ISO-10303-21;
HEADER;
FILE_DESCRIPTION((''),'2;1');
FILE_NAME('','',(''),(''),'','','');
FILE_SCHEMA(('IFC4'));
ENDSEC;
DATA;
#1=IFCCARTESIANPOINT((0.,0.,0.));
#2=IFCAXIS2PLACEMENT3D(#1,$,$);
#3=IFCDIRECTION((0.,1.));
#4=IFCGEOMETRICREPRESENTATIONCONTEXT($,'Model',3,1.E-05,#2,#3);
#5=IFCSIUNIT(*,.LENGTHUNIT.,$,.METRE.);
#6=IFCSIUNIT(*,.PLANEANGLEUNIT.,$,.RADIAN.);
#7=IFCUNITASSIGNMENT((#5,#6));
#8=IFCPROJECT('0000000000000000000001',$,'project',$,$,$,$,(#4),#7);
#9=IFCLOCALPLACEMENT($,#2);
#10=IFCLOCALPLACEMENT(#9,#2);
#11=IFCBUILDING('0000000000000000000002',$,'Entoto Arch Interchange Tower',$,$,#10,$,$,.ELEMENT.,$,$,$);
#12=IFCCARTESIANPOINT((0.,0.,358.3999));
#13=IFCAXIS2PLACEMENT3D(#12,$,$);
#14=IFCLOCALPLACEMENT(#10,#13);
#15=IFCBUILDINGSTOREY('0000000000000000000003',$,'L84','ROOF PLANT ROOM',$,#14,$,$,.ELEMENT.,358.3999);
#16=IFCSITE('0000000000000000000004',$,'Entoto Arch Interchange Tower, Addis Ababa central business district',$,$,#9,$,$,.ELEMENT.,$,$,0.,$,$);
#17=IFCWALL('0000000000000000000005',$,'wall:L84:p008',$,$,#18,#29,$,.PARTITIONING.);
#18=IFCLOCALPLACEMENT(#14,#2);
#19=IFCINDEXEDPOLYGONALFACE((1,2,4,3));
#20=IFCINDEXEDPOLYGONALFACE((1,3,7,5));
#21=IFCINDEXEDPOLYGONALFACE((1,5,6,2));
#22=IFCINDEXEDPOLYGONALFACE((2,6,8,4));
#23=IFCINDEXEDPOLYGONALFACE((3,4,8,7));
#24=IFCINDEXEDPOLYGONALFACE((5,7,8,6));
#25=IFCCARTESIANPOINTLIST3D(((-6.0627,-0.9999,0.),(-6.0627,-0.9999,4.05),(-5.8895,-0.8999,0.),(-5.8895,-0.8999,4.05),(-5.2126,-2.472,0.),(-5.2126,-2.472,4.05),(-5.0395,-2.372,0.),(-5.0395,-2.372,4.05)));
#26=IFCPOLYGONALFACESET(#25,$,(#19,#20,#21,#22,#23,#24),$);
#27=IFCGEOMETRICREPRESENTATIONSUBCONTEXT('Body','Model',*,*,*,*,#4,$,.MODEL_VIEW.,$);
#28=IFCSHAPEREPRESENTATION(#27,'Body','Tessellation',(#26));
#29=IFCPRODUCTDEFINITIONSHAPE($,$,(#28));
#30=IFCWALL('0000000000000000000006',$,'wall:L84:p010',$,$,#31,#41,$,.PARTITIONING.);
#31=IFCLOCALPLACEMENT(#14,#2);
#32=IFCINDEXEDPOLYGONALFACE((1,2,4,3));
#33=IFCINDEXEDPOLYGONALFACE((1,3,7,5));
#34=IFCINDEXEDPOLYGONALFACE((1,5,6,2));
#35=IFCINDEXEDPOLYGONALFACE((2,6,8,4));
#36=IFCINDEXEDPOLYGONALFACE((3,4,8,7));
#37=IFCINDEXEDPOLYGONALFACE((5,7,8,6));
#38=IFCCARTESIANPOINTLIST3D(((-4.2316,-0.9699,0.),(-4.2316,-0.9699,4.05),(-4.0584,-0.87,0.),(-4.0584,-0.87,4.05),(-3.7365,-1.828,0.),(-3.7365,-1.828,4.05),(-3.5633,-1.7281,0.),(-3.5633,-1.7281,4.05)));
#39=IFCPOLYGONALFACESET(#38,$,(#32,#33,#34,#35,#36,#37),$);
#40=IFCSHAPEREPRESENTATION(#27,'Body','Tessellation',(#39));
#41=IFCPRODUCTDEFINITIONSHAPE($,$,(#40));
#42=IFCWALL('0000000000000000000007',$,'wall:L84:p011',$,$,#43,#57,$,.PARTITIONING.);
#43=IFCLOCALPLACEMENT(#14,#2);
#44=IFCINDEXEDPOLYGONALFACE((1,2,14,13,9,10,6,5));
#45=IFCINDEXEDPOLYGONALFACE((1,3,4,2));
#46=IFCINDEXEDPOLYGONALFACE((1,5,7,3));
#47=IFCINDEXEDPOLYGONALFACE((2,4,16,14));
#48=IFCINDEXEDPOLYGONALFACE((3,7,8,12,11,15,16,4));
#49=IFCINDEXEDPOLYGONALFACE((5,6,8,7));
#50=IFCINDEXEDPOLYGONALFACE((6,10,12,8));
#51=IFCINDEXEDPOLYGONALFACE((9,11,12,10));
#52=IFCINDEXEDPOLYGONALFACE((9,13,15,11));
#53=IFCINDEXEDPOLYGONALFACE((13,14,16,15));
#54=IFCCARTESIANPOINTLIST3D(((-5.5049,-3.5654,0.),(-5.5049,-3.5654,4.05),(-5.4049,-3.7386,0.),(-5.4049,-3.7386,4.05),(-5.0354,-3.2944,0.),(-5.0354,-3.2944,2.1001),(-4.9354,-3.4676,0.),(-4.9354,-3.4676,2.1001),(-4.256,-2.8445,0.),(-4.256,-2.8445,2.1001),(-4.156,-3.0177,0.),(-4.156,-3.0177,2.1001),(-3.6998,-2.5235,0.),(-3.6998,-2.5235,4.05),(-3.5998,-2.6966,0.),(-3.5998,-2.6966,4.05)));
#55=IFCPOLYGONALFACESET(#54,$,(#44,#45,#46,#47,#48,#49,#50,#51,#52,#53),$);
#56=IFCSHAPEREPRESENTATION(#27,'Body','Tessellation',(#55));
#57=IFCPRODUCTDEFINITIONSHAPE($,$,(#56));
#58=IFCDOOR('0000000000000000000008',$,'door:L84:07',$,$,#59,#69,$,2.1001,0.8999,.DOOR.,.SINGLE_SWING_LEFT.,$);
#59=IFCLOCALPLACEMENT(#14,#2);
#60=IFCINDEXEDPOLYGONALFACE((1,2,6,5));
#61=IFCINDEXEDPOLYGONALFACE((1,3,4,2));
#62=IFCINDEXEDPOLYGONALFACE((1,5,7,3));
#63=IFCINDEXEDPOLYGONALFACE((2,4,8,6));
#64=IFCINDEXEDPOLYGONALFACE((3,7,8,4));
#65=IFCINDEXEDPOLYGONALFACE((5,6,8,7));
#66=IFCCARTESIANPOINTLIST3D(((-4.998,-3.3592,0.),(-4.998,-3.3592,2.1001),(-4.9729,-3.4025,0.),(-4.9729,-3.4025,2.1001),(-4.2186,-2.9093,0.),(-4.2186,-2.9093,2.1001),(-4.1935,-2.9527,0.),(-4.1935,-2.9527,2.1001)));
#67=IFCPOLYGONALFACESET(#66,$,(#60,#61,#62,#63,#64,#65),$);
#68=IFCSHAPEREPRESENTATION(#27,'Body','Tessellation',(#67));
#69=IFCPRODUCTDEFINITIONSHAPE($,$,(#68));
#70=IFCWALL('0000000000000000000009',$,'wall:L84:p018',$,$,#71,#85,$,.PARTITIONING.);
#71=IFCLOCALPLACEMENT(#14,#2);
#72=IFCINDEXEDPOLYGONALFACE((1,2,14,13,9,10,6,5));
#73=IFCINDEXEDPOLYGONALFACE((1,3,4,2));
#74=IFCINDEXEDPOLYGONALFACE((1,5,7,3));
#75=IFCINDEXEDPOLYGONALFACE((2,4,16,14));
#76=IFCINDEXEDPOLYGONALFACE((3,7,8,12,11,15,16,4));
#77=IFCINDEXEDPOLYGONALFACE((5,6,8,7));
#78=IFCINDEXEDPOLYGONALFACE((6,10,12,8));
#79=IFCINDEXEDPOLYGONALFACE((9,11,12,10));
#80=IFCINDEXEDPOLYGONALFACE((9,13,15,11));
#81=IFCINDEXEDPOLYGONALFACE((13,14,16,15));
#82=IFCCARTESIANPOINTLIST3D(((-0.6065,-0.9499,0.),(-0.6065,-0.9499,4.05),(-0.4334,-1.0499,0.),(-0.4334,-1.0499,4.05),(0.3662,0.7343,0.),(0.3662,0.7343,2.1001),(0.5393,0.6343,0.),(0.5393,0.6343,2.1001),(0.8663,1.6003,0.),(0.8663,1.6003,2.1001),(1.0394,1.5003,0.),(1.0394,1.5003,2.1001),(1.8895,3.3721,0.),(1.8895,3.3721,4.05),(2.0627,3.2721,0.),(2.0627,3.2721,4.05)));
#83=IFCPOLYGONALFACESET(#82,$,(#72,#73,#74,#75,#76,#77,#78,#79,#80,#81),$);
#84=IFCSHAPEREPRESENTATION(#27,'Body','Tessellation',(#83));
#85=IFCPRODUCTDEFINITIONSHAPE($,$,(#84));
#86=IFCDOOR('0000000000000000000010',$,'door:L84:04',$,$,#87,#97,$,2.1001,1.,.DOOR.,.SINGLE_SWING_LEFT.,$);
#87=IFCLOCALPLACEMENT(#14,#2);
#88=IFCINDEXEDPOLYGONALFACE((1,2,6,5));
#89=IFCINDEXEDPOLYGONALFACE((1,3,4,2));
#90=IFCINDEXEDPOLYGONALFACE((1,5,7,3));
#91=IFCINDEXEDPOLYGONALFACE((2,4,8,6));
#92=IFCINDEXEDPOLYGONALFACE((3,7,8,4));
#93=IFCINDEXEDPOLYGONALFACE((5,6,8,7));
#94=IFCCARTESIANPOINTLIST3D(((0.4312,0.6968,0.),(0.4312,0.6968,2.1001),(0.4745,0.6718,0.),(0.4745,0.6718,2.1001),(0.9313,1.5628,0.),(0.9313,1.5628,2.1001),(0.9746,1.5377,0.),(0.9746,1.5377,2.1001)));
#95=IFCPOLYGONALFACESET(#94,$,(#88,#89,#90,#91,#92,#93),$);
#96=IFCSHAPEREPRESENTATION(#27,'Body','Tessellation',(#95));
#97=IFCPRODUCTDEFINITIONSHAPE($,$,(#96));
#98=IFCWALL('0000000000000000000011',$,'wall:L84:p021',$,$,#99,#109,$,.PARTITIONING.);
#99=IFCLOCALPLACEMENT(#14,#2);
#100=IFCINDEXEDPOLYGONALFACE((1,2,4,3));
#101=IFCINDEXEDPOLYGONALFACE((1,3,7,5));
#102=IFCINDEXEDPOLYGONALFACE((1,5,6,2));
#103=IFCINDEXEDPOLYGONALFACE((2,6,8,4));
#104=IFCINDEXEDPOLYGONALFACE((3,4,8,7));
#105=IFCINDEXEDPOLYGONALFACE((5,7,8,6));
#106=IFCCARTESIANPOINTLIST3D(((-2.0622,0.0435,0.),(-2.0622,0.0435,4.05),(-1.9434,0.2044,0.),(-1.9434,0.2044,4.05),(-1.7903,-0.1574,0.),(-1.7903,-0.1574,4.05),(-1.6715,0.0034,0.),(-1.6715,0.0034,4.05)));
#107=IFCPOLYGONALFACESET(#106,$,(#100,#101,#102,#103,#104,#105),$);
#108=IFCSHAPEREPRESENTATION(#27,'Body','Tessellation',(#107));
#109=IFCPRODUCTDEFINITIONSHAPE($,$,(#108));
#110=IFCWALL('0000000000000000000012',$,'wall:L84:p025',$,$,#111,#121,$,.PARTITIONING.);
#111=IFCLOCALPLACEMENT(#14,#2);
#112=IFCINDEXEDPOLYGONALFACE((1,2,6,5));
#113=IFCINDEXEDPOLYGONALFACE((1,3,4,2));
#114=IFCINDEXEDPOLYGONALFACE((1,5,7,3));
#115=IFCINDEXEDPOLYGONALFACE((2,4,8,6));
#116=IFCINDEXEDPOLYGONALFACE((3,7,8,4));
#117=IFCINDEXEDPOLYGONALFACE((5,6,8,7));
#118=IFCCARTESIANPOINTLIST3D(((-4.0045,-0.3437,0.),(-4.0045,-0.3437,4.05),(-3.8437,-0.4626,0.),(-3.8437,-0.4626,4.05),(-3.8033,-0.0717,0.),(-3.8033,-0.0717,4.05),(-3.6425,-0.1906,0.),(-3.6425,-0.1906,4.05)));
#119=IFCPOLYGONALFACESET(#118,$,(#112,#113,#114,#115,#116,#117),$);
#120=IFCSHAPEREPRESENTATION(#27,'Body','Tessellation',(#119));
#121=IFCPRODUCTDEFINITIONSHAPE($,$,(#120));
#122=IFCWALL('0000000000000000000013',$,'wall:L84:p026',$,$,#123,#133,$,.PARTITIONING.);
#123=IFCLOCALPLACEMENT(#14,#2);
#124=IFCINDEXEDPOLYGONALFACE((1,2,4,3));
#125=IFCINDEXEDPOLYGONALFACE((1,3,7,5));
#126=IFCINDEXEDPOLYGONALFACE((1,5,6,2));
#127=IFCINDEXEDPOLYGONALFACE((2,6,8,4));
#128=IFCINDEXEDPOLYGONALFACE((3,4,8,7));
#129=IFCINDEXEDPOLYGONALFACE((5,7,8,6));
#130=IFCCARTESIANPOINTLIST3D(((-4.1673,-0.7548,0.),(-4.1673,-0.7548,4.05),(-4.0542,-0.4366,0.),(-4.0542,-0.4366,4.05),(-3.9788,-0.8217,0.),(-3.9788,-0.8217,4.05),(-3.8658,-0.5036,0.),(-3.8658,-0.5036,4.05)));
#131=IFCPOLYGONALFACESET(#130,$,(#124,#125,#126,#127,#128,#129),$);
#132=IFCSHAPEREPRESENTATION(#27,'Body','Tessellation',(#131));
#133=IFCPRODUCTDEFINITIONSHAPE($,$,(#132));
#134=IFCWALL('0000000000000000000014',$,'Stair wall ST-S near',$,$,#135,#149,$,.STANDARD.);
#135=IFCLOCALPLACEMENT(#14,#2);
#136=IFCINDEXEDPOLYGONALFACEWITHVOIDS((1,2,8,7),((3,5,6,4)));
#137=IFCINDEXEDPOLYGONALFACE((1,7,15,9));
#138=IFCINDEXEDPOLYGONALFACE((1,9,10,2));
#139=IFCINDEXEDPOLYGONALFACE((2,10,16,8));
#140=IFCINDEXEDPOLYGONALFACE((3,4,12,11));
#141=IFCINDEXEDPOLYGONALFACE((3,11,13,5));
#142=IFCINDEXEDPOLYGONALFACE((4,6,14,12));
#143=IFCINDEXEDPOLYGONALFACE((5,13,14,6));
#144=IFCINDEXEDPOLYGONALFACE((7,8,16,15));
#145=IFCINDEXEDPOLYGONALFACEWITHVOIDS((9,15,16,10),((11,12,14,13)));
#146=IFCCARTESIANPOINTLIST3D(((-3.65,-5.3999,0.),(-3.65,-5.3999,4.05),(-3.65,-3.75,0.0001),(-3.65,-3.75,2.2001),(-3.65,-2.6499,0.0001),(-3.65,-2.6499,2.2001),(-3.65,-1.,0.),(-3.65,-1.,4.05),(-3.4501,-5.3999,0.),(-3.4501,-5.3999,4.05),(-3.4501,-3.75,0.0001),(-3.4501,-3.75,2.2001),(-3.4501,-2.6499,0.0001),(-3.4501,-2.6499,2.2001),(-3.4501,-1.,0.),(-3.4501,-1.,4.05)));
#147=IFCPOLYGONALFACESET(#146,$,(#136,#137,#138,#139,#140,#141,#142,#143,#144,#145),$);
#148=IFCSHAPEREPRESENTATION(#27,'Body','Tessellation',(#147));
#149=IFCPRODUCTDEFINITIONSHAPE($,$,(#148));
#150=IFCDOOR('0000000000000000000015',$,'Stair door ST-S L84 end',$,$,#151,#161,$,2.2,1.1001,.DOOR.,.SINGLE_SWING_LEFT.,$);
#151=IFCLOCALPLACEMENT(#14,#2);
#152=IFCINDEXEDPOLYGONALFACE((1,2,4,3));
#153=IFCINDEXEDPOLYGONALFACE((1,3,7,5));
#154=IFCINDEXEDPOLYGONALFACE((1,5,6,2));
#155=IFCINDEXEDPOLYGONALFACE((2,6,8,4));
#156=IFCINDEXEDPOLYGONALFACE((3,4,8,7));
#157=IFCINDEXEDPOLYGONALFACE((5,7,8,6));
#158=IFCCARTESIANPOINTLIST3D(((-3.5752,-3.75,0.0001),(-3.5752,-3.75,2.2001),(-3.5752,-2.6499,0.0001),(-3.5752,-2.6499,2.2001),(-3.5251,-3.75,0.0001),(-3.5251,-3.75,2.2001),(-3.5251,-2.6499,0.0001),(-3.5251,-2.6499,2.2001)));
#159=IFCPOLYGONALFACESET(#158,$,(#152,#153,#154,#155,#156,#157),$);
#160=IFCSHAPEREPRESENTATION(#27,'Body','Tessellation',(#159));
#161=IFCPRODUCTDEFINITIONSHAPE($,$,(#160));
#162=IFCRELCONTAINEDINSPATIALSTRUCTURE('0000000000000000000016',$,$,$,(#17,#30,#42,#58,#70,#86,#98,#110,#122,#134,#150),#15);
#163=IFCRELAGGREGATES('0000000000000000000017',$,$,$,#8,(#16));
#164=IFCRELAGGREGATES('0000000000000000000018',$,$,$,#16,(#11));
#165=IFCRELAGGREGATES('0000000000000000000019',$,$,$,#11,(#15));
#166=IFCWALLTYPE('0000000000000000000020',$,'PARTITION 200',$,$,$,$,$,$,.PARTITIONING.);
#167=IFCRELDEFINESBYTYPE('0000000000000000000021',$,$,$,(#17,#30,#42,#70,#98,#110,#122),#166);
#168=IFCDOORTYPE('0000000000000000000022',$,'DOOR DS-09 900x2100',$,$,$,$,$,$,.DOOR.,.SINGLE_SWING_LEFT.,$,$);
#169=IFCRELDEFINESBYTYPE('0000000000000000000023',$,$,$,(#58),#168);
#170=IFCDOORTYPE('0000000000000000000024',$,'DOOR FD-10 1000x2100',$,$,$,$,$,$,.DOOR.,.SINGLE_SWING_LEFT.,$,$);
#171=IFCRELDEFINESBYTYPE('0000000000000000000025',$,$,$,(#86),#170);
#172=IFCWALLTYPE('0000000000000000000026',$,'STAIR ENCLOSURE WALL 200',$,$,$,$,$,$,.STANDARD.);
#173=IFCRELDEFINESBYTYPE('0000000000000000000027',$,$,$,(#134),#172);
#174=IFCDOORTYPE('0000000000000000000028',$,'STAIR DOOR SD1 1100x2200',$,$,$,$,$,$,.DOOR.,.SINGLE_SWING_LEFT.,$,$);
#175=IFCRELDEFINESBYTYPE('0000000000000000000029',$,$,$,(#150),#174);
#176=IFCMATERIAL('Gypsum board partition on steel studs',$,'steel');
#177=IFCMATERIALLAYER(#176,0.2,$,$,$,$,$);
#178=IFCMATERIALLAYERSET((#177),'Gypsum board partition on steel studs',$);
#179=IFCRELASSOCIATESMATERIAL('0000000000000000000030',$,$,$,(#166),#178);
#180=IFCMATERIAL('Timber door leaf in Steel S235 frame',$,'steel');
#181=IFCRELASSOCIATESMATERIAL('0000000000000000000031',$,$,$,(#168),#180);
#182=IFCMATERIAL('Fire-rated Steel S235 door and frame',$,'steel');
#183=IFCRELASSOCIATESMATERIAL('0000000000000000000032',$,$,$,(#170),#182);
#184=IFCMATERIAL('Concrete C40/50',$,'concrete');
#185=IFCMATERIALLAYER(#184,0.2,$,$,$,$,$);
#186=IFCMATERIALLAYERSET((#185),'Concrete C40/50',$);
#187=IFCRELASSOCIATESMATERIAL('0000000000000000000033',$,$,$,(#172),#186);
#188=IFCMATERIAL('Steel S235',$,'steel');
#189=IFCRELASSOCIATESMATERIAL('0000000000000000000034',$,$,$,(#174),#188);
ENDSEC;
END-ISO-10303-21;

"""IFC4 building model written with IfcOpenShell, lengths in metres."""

from ifc_helpers import new_model, si_unit, direction, frame, frame_2d, origin, place, context, subcontext, project, spatial, rectangle, extrude, material, layer, layer_set, type_object, element, fill, save


model = new_model("IFC4")

# Units and contexts
model_context = context("Model", 3, precision=1e-05, world=origin(), true_north=direction((0.0, 1.0)))
body_context = subcontext(model_context, "Body", "Model", "MODEL_VIEW")
ifc_project = project(units=[si_unit("LENGTHUNIT", "METRE"), si_unit("PLANEANGLEUNIT", "RADIAN")], contexts=[model_context])

# Site, building, storey
site_placement = place(None, origin())
site = spatial("IfcSite", under=ifc_project, at=site_placement, Name="Entoto Arch Interchange Tower, Addis Ababa central business district", CompositionType="ELEMENT", RefElevation=0.0)
building_placement = place(site_placement, origin())
building = spatial("IfcBuilding", under=site, at=building_placement, Name="Entoto Arch Interchange Tower", CompositionType="ELEMENT")
storey_placement = place(building_placement, frame((0.0, 0.0, 358.3999)))
storey = spatial("IfcBuildingStorey", under=building, at=storey_placement, Name="L84", Description="ROOF PLANT ROOM", CompositionType="ELEMENT", Elevation=358.3999)

# Shared definitions
ifc_material_1 = material(Name="Concrete C40/50", Category="concrete")

# Walls
ifc_material_2 = material(Name="Gypsum board partition on steel studs", Category="steel")
ifc_layer_1 = layer(ifc_material_2, 0.2)
ifc_layer_set_1 = layer_set([ifc_layer_1], Name="Gypsum board partition on steel studs")
wall_type_1 = type_object("IfcWallType", Name="PARTITION 200", PredefinedType="PARTITIONING", material=ifc_layer_set_1)
wall_1_placement = place(storey_placement, frame((-5.126, -2.4221, 0.0), z_axis=(0.0, 0.0, 1.0), x_axis=(-0.500062, 0.865989, 0.0)))
element("IfcWall", 1, at=wall_1_placement, inside=storey, type_object=wall_type_1, Name="wall:L84:p008", PredefinedType="PARTITIONING", context=body_context, shape_type="SweptSolid", body=[
    extrude(rectangle(XDim=1.7, YDim=0.2, at=frame_2d((0.8501, 0.0))), origin(), (0.0, 0.0, 1.0), 4.05),
])
wall_2_placement = place(storey_placement, frame((-4.145, -0.9199, 0.0), z_axis=(0.0, 0.0, 1.0), x_axis=(0.499744, -0.866173, 0.0)))
element("IfcWall", 2, at=wall_2_placement, inside=storey, type_object=wall_type_1, Name="wall:L84:p010", PredefinedType="PARTITIONING", context=body_context, shape_type="SweptSolid", body=[
    extrude(rectangle(XDim=0.9907, YDim=0.2, at=frame_2d((0.4954, 0.0))), origin(), (0.0, 0.0, 1.0), 4.05),
])

# Walls, openings, doors
wall_3_placement = place(storey_placement, frame((-3.6499, -2.6101, 0.0), z_axis=(0.0, 0.0, 1.0), x_axis=(-0.866072, -0.499918, 0.0)))
wall_3 = element("IfcWall", 3, at=wall_3_placement, inside=storey, type_object=wall_type_1, Name="wall:L84:p011", PredefinedType="PARTITIONING", context=body_context, shape_type="SweptSolid", body=[
    extrude(rectangle(XDim=2.0842, YDim=0.2, at=frame_2d((1.042, 0.0))), origin(), (0.0, 0.0, 1.0), 4.05),
])
opening_1_placement = place(wall_3_placement, frame((0.6421, 0.0, 0.0)))
opening_1 = element("IfcOpeningElement", 4, at=opening_1_placement, cuts=wall_3, PredefinedType="OPENING", context=body_context, shape_type="SweptSolid", body=[
    extrude(rectangle(XDim=0.8999, YDim=2.1001, at=frame_2d((0.45, 1.05))), frame((0.0, 0.1099, 0.0), z_axis=(0.0, -1.0, 0.0), x_axis=(1.0, 0.0, 0.0)), (0.0, 0.0, 1.0), 0.22),
])
ifc_material_3 = material(Name="Timber door leaf in Steel S235 frame", Category="steel")
door_type_1 = type_object("IfcDoorType", Name="DOOR DS-09 900x2100", OperationType="SINGLE_SWING_LEFT", PredefinedType="DOOR", material=ifc_material_3)
door_1_placement = place(opening_1_placement, origin())
door_1 = element("IfcDoor", 5, at=door_1_placement, inside=storey, type_object=door_type_1, Name="door:L84:07", OperationType="SINGLE_SWING_LEFT", OverallHeight=2.1001, OverallWidth=0.8999, PredefinedType="DOOR", context=body_context, shape_type="SweptSolid", body=[
    extrude(rectangle(XDim=0.8999, YDim=2.1001, at=frame_2d((0.45, 1.05))), frame((0.0, 0.0249, 0.0), z_axis=(0.0, -1.0, 0.0), x_axis=(1.0, 0.0, 0.0)), (0.0, 0.0, 1.0), 0.05),
])
fill(opening_1, door_1)
wall_4_placement = place(storey_placement, frame((-0.52, -1.0, 0.0), z_axis=(0.0, 0.0, 1.0), x_axis=(0.500116, 0.865958, 0.0)))
wall_4 = element("IfcWall", 6, at=wall_4_placement, inside=storey, type_object=wall_type_1, Name="wall:L84:p018", PredefinedType="PARTITIONING", context=body_context, shape_type="SweptSolid", body=[
    extrude(rectangle(XDim=4.991, YDim=0.2, at=frame_2d((2.4956, 0.0))), origin(), (0.0, 0.0, 1.0), 4.05),
])
opening_2_placement = place(wall_4_placement, frame((1.9451, 0.0, 0.0)))
opening_2 = element("IfcOpeningElement", 7, at=opening_2_placement, cuts=wall_4, PredefinedType="OPENING", context=body_context, shape_type="SweptSolid", body=[
    extrude(rectangle(XDim=1.0, YDim=2.1001, at=frame_2d((0.5, 1.05))), frame((0.0, 0.1099, 0.0), z_axis=(0.0, -1.0, 0.0), x_axis=(1.0, 0.0, 0.0)), (0.0, 0.0, 1.0), 0.22),
])
ifc_material_4 = material(Name="Fire-rated Steel S235 door and frame", Category="steel")
door_type_2 = type_object("IfcDoorType", Name="DOOR FD-10 1000x2100", OperationType="SINGLE_SWING_LEFT", PredefinedType="DOOR", material=ifc_material_4)
door_2_placement = place(opening_2_placement, origin())
door_2 = element("IfcDoor", 8, at=door_2_placement, inside=storey, type_object=door_type_2, Name="door:L84:04", OperationType="SINGLE_SWING_LEFT", OverallHeight=2.1001, OverallWidth=1.0, PredefinedType="DOOR", context=body_context, shape_type="SweptSolid", body=[
    extrude(rectangle(XDim=1.0, YDim=2.1001, at=frame_2d((0.5, 1.05))), frame((0.0, 0.0249, 0.0), z_axis=(0.0, -1.0, 0.0), x_axis=(1.0, 0.0, 0.0)), (0.0, 0.0, 1.0), 0.05),
])
fill(opening_2, door_2)

# Walls
wall_5_placement = place(storey_placement, frame((-1.731, -0.0769, 0.0), z_axis=(0.0, 0.0, 1.0), x_axis=(-0.804311, 0.594208, 0.0)))
element("IfcWall", 9, at=wall_5_placement, inside=storey, type_object=wall_type_1, Name="wall:L84:p021", PredefinedType="PARTITIONING", context=body_context, shape_type="SweptSolid", body=[
    extrude(rectangle(XDim=0.3381, YDim=0.2, at=frame_2d((0.1689, 0.0))), origin(), (0.0, 0.0, 1.0), 4.05),
])
wall_6_placement = place(storey_placement, frame((-3.7229, -0.1311, 0.0), z_axis=(0.0, 0.0, 1.0), x_axis=(-0.594675, -0.803966, 0.0)))
element("IfcWall", 10, at=wall_6_placement, inside=storey, type_object=wall_type_1, Name="wall:L84:p025", PredefinedType="PARTITIONING", context=body_context, shape_type="SweptSolid", body=[
    extrude(rectangle(XDim=0.3384, YDim=0.2, at=frame_2d((0.1692, 0.0))), origin(), (0.0, 0.0, 1.0), 4.05),
])
wall_7_placement = place(storey_placement, frame((-3.96, -0.47, 0.0), z_axis=(0.0, 0.0, 1.0), x_axis=(-0.334824, -0.942281, 0.0)))
element("IfcWall", 11, at=wall_7_placement, inside=storey, type_object=wall_type_1, Name="wall:L84:p026", PredefinedType="PARTITIONING", context=body_context, shape_type="SweptSolid", body=[
    extrude(rectangle(XDim=0.3376, YDim=0.2, at=frame_2d((0.1689, 0.0))), origin(), (0.0, 0.0, 1.0), 4.05),
])

# Wall, opening, door
ifc_layer_2 = layer(ifc_material_1, 0.2)
ifc_layer_set_2 = layer_set([ifc_layer_2], Name="Concrete C40/50")
wall_type_2 = type_object("IfcWallType", Name="STAIR ENCLOSURE WALL 200", PredefinedType="STANDARD", material=ifc_layer_set_2)
wall_8_placement = place(storey_placement, frame((-3.55, -1.0, 0.0), z_axis=(0.0, 0.0, 1.0), x_axis=(0.0, -1.0, 0.0)))
wall_8 = element("IfcWall", 12, at=wall_8_placement, inside=storey, type_object=wall_type_2, Name="Stair wall ST-S near", PredefinedType="STANDARD", context=body_context, shape_type="SweptSolid", body=[
    extrude(rectangle(XDim=4.3999, YDim=0.2, at=frame_2d((2.2, 0.0))), origin(), (0.0, 0.0, 1.0), 4.05),
])
opening_3_placement = place(wall_8_placement, frame((1.6499, 0.0, 0.0)))
opening_3 = element("IfcOpeningElement", 13, at=opening_3_placement, cuts=wall_8, PredefinedType="OPENING", context=body_context, shape_type="SweptSolid", body=[
    extrude(rectangle(XDim=1.1001, YDim=2.2, at=frame_2d((0.55, 1.1001))), frame((0.0, 0.1099, 0.0), z_axis=(0.0, -1.0, 0.0), x_axis=(1.0, 0.0, 0.0)), (0.0, 0.0, 1.0), 0.22),
])
ifc_material_5 = material(Name="Steel S235", Category="steel")
door_type_3 = type_object("IfcDoorType", Name="STAIR DOOR SD1 1100x2200", OperationType="SINGLE_SWING_LEFT", PredefinedType="DOOR", material=ifc_material_5)
door_3_placement = place(opening_3_placement, origin())
door_3 = element("IfcDoor", 14, at=door_3_placement, inside=storey, type_object=door_type_3, Name="Stair door ST-S L84 end", OperationType="SINGLE_SWING_LEFT", OverallHeight=2.2, OverallWidth=1.1001, PredefinedType="DOOR", context=body_context, shape_type="SweptSolid", body=[
    extrude(rectangle(XDim=1.1001, YDim=2.2, at=frame_2d((0.55, 1.1001))), frame((0.0, 0.0249, 0.0), z_axis=(0.0, -1.0, 0.0), x_axis=(1.0, 0.0, 0.0)), (0.0, 0.0, 1.0), 0.05),
])
fill(opening_3, door_3)

save(model, "model.ifc")
